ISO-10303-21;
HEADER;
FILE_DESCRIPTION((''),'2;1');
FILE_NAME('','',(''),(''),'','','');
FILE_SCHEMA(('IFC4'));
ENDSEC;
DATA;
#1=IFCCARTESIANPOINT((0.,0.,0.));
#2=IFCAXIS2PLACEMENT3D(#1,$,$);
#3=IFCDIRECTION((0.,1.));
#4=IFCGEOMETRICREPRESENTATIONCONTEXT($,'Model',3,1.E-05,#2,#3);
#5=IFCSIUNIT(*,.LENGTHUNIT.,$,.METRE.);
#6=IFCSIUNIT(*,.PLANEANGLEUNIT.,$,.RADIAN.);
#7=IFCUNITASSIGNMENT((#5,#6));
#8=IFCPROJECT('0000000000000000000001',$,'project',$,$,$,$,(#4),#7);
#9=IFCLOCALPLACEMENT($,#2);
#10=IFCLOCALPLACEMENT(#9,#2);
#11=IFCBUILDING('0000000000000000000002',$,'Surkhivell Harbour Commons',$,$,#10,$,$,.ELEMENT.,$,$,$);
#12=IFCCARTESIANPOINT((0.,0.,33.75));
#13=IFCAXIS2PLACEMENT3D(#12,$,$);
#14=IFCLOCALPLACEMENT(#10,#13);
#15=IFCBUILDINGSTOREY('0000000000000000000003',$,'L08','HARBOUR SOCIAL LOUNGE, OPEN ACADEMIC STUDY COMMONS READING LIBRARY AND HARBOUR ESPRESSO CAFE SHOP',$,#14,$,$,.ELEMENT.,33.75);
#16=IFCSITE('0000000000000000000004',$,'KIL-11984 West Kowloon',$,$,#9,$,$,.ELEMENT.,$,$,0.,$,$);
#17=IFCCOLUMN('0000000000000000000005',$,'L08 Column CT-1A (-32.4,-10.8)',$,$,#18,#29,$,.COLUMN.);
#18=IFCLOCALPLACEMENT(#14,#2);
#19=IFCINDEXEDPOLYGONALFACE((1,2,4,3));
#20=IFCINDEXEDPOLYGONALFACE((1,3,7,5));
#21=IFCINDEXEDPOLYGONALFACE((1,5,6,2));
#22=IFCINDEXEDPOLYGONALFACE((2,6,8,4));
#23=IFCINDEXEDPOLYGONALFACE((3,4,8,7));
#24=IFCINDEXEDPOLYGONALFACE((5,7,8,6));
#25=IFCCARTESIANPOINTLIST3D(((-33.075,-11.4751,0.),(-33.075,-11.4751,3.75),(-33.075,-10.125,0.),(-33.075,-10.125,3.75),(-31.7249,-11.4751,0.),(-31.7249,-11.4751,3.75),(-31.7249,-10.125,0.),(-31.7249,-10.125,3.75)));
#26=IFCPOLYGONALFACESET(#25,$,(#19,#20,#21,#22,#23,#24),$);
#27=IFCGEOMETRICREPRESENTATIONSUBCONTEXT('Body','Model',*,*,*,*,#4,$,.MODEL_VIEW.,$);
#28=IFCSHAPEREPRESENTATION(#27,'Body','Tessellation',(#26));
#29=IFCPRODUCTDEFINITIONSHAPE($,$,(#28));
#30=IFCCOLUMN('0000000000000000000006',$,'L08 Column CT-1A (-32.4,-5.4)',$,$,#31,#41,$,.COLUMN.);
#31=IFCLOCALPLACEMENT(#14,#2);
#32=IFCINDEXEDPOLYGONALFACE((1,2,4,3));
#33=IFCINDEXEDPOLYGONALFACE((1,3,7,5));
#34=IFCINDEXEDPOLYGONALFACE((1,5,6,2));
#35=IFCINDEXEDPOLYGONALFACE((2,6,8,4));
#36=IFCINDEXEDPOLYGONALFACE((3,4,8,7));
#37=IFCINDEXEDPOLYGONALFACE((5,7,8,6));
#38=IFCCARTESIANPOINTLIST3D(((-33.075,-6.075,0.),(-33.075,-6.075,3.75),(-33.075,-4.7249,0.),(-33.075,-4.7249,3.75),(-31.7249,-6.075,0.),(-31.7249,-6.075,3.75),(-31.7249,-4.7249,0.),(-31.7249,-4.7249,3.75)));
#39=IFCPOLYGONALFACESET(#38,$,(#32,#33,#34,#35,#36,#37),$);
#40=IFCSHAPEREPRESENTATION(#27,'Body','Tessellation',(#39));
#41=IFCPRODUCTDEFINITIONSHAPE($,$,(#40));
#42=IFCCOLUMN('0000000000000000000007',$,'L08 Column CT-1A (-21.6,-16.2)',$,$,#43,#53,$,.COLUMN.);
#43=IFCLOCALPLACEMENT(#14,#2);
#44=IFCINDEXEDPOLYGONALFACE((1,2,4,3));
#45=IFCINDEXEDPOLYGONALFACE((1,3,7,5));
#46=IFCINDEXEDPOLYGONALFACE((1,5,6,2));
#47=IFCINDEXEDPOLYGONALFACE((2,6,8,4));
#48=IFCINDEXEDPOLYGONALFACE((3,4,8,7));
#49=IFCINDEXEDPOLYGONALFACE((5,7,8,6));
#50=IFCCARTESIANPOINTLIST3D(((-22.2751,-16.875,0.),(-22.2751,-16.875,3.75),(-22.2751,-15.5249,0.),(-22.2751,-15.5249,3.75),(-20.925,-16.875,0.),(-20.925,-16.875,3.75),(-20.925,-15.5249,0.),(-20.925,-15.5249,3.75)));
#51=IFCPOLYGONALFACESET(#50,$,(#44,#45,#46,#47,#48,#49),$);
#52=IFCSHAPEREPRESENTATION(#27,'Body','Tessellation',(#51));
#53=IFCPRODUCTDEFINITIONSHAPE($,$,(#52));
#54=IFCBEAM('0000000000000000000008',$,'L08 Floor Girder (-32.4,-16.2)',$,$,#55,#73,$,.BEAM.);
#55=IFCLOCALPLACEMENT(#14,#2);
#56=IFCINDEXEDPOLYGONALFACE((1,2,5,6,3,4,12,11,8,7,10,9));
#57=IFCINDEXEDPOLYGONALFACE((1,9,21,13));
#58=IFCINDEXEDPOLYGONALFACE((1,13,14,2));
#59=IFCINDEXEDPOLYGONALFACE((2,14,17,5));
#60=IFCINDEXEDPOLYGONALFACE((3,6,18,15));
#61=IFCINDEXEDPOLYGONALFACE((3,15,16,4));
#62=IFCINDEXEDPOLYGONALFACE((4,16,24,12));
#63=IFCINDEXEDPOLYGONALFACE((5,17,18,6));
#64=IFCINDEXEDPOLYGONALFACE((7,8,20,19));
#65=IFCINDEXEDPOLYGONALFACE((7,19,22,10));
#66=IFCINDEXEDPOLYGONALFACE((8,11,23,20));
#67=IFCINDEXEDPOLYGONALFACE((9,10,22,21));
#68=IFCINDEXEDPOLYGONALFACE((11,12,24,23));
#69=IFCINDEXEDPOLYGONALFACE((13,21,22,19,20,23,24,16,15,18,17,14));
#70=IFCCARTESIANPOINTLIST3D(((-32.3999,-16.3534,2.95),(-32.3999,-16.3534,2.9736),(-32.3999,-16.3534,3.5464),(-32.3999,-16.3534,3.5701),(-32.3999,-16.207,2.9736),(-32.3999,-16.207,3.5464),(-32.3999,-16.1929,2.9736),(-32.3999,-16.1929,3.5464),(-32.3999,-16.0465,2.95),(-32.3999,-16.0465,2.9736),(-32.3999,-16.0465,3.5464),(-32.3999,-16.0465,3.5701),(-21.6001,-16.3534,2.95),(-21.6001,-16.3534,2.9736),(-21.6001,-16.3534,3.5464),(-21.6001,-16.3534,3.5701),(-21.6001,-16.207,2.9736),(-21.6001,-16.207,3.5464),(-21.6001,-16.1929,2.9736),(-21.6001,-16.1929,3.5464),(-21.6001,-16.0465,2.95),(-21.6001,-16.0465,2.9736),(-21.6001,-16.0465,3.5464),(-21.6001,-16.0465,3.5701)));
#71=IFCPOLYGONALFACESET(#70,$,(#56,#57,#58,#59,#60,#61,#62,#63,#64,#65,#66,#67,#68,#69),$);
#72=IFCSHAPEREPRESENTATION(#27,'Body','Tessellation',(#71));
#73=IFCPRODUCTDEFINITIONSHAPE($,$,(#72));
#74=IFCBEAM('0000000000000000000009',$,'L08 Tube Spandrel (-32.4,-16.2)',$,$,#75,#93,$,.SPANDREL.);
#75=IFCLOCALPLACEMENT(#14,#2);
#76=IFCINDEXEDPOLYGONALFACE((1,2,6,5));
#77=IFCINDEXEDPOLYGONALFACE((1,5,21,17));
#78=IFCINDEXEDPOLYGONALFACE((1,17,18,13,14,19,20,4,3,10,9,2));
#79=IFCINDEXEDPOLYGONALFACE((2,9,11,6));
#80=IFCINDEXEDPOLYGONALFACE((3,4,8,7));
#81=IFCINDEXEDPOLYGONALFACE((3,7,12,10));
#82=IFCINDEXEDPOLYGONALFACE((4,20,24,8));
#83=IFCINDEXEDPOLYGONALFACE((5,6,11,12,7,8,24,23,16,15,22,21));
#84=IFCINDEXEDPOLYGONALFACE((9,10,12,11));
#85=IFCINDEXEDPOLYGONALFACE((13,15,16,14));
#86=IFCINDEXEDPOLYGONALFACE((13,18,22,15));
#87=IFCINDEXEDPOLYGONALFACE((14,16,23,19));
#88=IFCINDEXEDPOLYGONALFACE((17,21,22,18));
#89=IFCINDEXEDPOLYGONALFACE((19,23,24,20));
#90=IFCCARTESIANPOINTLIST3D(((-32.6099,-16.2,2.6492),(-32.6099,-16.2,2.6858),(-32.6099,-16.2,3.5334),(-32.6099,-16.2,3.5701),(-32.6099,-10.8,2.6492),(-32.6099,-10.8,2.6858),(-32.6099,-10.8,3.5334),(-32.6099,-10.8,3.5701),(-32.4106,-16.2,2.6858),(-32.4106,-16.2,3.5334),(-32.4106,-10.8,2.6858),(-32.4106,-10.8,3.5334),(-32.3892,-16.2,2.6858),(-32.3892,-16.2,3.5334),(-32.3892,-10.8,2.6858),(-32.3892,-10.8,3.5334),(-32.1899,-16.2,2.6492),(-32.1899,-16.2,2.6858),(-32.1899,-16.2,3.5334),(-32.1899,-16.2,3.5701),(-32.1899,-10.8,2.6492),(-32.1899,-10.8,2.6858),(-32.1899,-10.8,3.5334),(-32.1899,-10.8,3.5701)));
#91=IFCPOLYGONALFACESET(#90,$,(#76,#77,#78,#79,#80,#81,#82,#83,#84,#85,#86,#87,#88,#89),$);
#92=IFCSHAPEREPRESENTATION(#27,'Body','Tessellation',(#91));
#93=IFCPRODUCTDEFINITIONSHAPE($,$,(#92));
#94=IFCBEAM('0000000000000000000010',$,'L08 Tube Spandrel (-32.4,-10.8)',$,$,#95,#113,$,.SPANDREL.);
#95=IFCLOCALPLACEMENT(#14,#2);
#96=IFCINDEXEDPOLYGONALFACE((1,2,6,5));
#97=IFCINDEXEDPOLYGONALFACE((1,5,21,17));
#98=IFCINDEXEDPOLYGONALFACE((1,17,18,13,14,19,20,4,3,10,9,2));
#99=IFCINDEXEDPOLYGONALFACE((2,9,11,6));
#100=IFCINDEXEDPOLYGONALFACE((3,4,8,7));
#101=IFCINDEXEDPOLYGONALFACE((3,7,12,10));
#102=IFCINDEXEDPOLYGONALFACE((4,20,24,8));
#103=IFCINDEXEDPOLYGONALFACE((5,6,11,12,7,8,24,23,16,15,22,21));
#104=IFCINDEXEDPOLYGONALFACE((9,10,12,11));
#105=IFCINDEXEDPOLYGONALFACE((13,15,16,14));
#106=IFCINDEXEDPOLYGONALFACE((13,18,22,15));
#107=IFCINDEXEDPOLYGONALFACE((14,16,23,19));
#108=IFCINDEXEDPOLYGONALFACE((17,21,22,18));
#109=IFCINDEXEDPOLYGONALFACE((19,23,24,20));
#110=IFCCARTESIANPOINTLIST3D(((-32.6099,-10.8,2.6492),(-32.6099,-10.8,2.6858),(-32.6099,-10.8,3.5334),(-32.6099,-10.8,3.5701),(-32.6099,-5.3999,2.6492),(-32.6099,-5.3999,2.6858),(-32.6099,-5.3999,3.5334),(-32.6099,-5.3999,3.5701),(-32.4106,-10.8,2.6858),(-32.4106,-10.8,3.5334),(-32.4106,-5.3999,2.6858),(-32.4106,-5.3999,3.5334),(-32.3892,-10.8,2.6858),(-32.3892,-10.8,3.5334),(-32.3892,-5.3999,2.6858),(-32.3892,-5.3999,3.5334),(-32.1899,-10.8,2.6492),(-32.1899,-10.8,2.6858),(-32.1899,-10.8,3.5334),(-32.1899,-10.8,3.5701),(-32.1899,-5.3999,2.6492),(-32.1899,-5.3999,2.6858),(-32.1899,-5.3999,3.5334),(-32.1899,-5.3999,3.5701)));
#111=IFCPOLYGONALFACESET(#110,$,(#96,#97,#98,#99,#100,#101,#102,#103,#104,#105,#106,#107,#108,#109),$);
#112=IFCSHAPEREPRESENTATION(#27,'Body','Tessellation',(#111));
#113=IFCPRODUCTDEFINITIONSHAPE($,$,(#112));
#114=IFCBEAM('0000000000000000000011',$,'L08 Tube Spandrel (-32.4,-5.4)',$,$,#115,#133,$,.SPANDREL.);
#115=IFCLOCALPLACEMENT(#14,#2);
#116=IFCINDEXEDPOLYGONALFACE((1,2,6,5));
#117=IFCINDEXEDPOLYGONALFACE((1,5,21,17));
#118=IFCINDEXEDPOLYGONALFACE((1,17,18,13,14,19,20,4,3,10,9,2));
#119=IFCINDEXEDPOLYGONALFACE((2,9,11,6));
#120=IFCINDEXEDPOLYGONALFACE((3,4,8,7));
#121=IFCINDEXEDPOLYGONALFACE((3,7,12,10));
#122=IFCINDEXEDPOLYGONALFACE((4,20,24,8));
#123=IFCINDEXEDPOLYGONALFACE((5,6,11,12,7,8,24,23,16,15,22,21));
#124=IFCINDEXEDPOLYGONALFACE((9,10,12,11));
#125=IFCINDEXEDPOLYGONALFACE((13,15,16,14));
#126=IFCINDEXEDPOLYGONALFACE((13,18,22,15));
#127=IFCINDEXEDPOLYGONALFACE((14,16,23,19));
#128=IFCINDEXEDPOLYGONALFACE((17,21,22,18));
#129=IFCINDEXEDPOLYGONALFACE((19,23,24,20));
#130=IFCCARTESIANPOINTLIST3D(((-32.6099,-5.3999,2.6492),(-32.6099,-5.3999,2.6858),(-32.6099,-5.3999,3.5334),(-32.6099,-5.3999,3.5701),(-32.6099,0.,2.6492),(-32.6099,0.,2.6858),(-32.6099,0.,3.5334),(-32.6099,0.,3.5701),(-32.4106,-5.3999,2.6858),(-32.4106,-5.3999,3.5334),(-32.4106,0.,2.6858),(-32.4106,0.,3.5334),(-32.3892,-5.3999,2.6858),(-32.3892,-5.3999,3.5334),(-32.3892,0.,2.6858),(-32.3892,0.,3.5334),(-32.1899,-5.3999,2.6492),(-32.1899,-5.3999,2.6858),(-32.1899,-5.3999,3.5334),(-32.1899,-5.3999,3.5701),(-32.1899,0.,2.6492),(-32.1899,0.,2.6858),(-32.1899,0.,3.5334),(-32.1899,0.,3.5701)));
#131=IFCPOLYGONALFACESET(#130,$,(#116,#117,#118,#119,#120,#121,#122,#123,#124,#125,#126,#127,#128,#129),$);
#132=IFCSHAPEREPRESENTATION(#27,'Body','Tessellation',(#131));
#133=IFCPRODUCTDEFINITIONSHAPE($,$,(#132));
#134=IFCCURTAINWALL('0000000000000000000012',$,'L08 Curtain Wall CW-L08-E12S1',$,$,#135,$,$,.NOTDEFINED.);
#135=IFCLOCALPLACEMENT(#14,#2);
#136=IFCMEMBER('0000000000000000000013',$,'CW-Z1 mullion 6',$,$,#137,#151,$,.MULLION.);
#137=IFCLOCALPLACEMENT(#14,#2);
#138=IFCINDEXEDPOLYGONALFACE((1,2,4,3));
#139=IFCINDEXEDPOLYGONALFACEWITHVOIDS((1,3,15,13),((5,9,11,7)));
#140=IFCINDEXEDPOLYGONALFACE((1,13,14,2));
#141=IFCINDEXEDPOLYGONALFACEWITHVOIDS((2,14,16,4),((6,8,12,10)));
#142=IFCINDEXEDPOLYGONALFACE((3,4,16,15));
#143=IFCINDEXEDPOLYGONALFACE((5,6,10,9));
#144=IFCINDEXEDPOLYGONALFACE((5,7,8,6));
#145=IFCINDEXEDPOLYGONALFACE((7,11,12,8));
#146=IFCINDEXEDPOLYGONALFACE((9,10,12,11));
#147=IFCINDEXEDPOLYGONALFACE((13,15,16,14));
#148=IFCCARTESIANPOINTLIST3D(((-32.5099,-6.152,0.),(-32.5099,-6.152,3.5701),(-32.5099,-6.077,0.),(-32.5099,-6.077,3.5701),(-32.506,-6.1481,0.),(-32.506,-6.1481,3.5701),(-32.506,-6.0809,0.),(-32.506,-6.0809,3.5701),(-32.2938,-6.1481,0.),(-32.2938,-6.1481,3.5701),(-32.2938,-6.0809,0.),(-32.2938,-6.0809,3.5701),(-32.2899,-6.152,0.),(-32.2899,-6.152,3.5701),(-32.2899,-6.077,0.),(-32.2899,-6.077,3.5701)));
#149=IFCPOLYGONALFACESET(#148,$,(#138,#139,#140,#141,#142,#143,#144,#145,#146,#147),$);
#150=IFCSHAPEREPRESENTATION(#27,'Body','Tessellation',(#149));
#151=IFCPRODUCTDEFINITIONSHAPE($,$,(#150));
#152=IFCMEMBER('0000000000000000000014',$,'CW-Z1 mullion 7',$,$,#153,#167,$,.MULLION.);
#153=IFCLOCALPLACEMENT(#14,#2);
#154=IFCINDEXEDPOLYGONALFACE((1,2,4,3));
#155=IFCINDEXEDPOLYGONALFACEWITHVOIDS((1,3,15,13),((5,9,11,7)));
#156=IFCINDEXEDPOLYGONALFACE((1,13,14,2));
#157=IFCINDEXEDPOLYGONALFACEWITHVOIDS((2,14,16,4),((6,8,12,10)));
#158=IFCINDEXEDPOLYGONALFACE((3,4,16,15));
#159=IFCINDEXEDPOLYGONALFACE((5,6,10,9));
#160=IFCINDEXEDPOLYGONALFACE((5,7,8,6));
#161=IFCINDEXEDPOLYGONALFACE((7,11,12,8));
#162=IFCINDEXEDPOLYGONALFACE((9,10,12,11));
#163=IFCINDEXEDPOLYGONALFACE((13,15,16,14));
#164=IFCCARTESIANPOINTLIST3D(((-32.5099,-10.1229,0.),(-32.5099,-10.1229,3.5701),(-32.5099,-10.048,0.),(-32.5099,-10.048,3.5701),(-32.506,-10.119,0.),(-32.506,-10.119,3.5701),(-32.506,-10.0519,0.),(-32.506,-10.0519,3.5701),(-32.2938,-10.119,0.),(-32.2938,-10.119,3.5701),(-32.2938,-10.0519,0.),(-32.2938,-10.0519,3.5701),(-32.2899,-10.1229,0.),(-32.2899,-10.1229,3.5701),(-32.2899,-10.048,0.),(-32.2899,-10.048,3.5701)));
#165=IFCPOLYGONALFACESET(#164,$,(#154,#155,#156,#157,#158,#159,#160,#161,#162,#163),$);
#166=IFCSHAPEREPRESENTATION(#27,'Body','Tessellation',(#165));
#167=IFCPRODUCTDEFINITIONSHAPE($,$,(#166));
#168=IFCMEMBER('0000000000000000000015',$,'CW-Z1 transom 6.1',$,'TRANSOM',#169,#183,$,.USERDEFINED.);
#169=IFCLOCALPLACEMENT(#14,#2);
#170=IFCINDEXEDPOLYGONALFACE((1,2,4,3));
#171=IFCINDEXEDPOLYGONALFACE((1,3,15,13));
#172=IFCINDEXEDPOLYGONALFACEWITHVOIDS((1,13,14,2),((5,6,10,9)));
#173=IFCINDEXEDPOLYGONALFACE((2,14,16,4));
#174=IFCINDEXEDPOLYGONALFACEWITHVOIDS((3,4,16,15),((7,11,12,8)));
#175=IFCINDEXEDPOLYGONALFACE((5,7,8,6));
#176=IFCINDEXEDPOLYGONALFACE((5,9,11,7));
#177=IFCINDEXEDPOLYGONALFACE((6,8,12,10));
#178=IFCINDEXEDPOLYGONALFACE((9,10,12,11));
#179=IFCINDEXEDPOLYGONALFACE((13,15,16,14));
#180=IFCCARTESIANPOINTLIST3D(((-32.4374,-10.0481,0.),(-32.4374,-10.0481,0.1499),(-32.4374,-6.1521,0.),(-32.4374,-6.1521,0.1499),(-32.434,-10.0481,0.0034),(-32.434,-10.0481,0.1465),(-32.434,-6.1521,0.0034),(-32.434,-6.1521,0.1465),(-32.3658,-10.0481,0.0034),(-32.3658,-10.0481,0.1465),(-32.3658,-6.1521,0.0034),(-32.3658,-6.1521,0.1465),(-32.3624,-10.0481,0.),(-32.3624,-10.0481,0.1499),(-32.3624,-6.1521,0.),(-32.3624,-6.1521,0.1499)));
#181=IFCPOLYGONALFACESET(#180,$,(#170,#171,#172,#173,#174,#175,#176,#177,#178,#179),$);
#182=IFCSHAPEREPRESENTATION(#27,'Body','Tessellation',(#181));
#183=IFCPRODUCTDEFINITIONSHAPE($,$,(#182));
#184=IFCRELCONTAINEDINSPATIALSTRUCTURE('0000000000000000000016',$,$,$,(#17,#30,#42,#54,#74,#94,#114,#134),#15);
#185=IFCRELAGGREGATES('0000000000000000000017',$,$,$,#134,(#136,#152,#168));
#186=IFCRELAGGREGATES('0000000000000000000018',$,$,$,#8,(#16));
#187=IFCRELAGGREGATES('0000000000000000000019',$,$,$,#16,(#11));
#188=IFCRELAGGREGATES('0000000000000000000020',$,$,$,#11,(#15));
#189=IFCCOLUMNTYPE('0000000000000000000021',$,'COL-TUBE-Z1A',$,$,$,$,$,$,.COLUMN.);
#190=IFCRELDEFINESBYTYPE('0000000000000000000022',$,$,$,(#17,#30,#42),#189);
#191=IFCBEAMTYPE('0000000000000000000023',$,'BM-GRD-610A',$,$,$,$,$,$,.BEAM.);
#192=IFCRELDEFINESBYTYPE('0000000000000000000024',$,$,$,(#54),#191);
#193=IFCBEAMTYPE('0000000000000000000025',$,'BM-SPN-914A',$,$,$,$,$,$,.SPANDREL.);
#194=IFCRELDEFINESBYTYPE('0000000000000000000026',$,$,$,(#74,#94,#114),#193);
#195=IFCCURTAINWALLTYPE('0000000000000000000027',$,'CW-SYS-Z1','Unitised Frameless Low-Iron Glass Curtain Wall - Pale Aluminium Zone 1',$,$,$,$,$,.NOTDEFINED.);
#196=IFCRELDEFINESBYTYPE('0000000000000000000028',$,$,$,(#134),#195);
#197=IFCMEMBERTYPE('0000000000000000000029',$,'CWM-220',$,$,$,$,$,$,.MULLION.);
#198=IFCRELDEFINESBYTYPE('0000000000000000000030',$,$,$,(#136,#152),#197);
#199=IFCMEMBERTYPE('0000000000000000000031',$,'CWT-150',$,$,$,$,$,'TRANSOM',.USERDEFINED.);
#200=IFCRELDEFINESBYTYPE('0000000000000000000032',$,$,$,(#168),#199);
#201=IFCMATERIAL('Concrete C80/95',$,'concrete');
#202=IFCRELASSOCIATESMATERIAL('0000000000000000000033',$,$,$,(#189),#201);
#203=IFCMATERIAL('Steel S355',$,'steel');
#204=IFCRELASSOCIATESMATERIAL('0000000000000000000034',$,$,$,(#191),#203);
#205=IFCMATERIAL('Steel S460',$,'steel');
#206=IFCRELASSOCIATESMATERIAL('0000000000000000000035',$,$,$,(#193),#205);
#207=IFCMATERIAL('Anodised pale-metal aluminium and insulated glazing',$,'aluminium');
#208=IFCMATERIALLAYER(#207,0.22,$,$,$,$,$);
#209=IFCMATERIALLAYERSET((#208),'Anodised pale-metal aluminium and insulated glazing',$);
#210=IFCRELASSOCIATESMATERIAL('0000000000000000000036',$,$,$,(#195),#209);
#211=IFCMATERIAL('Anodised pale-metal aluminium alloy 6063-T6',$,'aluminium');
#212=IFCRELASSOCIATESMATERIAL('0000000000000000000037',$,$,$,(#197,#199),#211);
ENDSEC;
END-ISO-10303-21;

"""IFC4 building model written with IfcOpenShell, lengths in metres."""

from ifc_helpers import new_model, si_unit, direction, frame, origin, origin_2d, place, context, subcontext, project, spatial, rectangle, hollow_rectangle, i_section, extrude, material, layer, layer_set, material_profile, profile_set, type_object, element, aggregate, save


model = new_model("IFC4")

# Units and contexts
model_context = context("Model", 3, precision=1e-05, world=origin(), true_north=direction((0.0, 1.0)))
body_context = subcontext(model_context, "Body", "Model", "MODEL_VIEW")
ifc_project = project(units=[si_unit("LENGTHUNIT", "METRE"), si_unit("PLANEANGLEUNIT", "RADIAN")], contexts=[model_context])

# Site, building, storey
site_placement = place(None, origin())
site = spatial("IfcSite", under=ifc_project, at=site_placement, Name="KIL-11984 West Kowloon", CompositionType="ELEMENT", RefElevation=0.0)
building_placement = place(site_placement, origin())
building = spatial("IfcBuilding", under=site, at=building_placement, Name="Surkhivell Harbour Commons", CompositionType="ELEMENT")
storey_placement = place(building_placement, frame((0.0, 0.0, 33.75)))
storey = spatial("IfcBuildingStorey", under=building, at=storey_placement, Name="L08", Description="HARBOUR SOCIAL LOUNGE, OPEN ACADEMIC STUDY COMMONS READING LIBRARY AND HARBOUR ESPRESSO CAFE SHOP", CompositionType="ELEMENT", Elevation=33.75)

# Columns
ifc_material_1 = material(Name="Concrete C80/95", Category="concrete")
ifc_material_profile_1 = material_profile(ifc_material_1, rectangle(XDim=1.3501, YDim=1.3501, at=origin_2d()), Name="RC-COL-1350x1350")
ifc_profile_set_1 = profile_set([ifc_material_profile_1], Name="Concrete C80/95")
column_type = type_object("IfcColumnType", Name="COL-TUBE-Z1A", PredefinedType="COLUMN", material=ifc_profile_set_1)
for number, where, z_axis, x_axis, name in (
    (1, (-32.3999, -10.8, 0.0), (0.0, 0.0, 1.0), (1.0, 0.0, 0.0), "L08 Column CT-1A (-32.4,-10.8)"),
    (2, (-32.3999, -5.3999, 0.0), (0.0, 0.0, 1.0), (1.0, 0.0, 0.0), "L08 Column CT-1A (-32.4,-5.4)"),
    (3, (-21.6001, -16.2, 0.0), (0.0, 0.0, 1.0), (1.0, 0.0, 0.0), "L08 Column CT-1A (-21.6,-16.2)"),
):
    element("IfcColumn", number, at=place(storey_placement, frame(where, z_axis=z_axis, x_axis=x_axis)), inside=storey, type_object=column_type, Name=name, PredefinedType="COLUMN", context=body_context, shape_type="SweptSolid", body=[
        extrude(rectangle(XDim=1.3501, YDim=1.3501, at=origin_2d()), origin(), (0.0, 0.0, 1.0), 3.75),
    ])

# Beams
ifc_material_2 = material(Name="Steel S355", Category="steel")
ifc_material_profile_2 = material_profile(ifc_material_2, i_section(OverallWidth=0.3069, OverallDepth=0.6201, WebThickness=0.0142, FlangeThickness=0.0237, at=origin_2d()), Name="UB610x305x179")
ifc_profile_set_2 = profile_set([ifc_material_profile_2], Name="Steel S355")
beam_type_1 = type_object("IfcBeamType", Name="BM-GRD-610A", PredefinedType="BEAM", material=ifc_profile_set_2)
beam_1_placement = place(storey_placement, frame((-32.3999, -16.2, 3.26), z_axis=(1.0, 0.0, 0.0), x_axis=(0.0, 1.0, 0.0)))
element("IfcBeam", 4, at=beam_1_placement, inside=storey, type_object=beam_type_1, Name="L08 Floor Girder (-32.4,-16.2)", PredefinedType="BEAM", context=body_context, shape_type="SweptSolid", body=[
    extrude(i_section(OverallWidth=0.3069, OverallDepth=0.6201, WebThickness=0.0142, FlangeThickness=0.0237, at=origin_2d()), origin(), (0.0, 0.0, 1.0), 10.7998),
])
ifc_material_3 = material(Name="Steel S460", Category="steel")
ifc_material_profile_3 = material_profile(ifc_material_3, i_section(OverallWidth=0.4199, OverallDepth=0.9209, WebThickness=0.0215, FlangeThickness=0.0366, at=origin_2d()), Name="UB914x419x388")
ifc_profile_set_3 = profile_set([ifc_material_profile_3], Name="Steel S460")
beam_type_2 = type_object("IfcBeamType", Name="BM-SPN-914A", PredefinedType="SPANDREL", material=ifc_profile_set_3)
beam_2_placement = place(storey_placement, frame((-32.3999, -16.2, 3.1096), z_axis=(0.0, 1.0, 0.0), x_axis=(-1.0, 0.0, 0.0)))
element("IfcBeam", 5, at=beam_2_placement, inside=storey, type_object=beam_type_2, Name="L08 Tube Spandrel (-32.4,-16.2)", PredefinedType="SPANDREL", context=body_context, shape_type="SweptSolid", body=[
    extrude(i_section(OverallWidth=0.4199, OverallDepth=0.9209, WebThickness=0.0215, FlangeThickness=0.0366, at=origin_2d()), origin(), (0.0, 0.0, 1.0), 5.3999),
])
beam_3_placement = place(storey_placement, frame((-32.3999, -10.8, 3.1096), z_axis=(0.0, 1.0, 0.0), x_axis=(-1.0, 0.0, 0.0)))
element("IfcBeam", 6, at=beam_3_placement, inside=storey, type_object=beam_type_2, Name="L08 Tube Spandrel (-32.4,-10.8)", PredefinedType="SPANDREL", context=body_context, shape_type="SweptSolid", body=[
    extrude(i_section(OverallWidth=0.4199, OverallDepth=0.9209, WebThickness=0.0215, FlangeThickness=0.0366, at=origin_2d()), origin(), (0.0, 0.0, 1.0), 5.4001),
])
beam_4_placement = place(storey_placement, frame((-32.3999, -5.3999, 3.1096), z_axis=(0.0, 1.0, 0.0), x_axis=(-1.0, 0.0, 0.0)))
element("IfcBeam", 7, at=beam_4_placement, inside=storey, type_object=beam_type_2, Name="L08 Tube Spandrel (-32.4,-5.4)", PredefinedType="SPANDREL", context=body_context, shape_type="SweptSolid", body=[
    extrude(i_section(OverallWidth=0.4199, OverallDepth=0.9209, WebThickness=0.0215, FlangeThickness=0.0366, at=origin_2d()), origin(), (0.0, 0.0, 1.0), 5.3999),
])

# Curtain wall, members
ifc_material_4 = material(Name="Anodised pale-metal aluminium and insulated glazing", Category="aluminium")
ifc_layer_1 = layer(ifc_material_4, 0.22)
ifc_layer_set_1 = layer_set([ifc_layer_1], Name="Anodised pale-metal aluminium and insulated glazing")
curtain_wall_type = type_object("IfcCurtainWallType", Name="CW-SYS-Z1", Description="Unitised Frameless Low-Iron Glass Curtain Wall - Pale Aluminium Zone 1", PredefinedType="NOTDEFINED", material=ifc_layer_set_1)
curtain_wall_placement = place(storey_placement, origin())
curtain_wall = element("IfcCurtainWall", 8, at=curtain_wall_placement, inside=storey, type_object=curtain_wall_type, Name="L08 Curtain Wall CW-L08-E12S1", PredefinedType="NOTDEFINED")
ifc_material_5 = material(Name="Anodised pale-metal aluminium alloy 6063-T6", Category="aluminium")
ifc_material_profile_4 = material_profile(ifc_material_5, hollow_rectangle(XDim=0.075, YDim=0.22, WallThickness=0.0039, at=origin_2d()), Name="ALU-MULL-75x220")
ifc_profile_set_4 = profile_set([ifc_material_profile_4], Name="Anodised pale-metal aluminium alloy 6063-T6")
member_type_1 = type_object("IfcMemberType", Name="CWM-220", PredefinedType="MULLION", material=ifc_profile_set_4)
member_1_placement = place(storey_placement, frame((-32.3999, -6.1145, 0.0), z_axis=(0.0, 0.0, 1.0), x_axis=(0.0, -1.0, 0.0)))
member_1 = element("IfcMember", 9, at=member_1_placement, type_object=member_type_1, Name="CW-Z1 mullion 6", PredefinedType="MULLION", context=body_context, shape_type="SweptSolid", body=[
    extrude(hollow_rectangle(XDim=0.075, YDim=0.22, WallThickness=0.0039, at=origin_2d()), origin(), (0.0, 0.0, 1.0), 3.5701),
])
member_2_placement = place(storey_placement, frame((-32.3999, -10.0854, 0.0), z_axis=(0.0, 0.0, 1.0), x_axis=(0.0, -1.0, 0.0)))
member_2 = element("IfcMember", 10, at=member_2_placement, type_object=member_type_1, Name="CW-Z1 mullion 7", PredefinedType="MULLION", context=body_context, shape_type="SweptSolid", body=[
    extrude(hollow_rectangle(XDim=0.075, YDim=0.22, WallThickness=0.0039, at=origin_2d()), origin(), (0.0, 0.0, 1.0), 3.5701),
])
ifc_material_profile_5 = material_profile(ifc_material_5, hollow_rectangle(XDim=0.075, YDim=0.1499, WallThickness=0.0034, at=origin_2d()), Name="ALU-TRAN-75x150")
ifc_profile_set_5 = profile_set([ifc_material_profile_5], Name="Anodised pale-metal aluminium alloy 6063-T6")
member_type_2 = type_object("IfcMemberType", Name="CWT-150", ElementType="TRANSOM", PredefinedType="USERDEFINED", material=ifc_profile_set_5)
member_3_placement = place(storey_placement, frame((-32.3999, -6.1521, 0.075), z_axis=(0.0, -1.0, 0.0), x_axis=(1.0, 0.0, 0.0)))
member_3 = element("IfcMember", 11, at=member_3_placement, type_object=member_type_2, Name="CW-Z1 transom 6.1", ObjectType="TRANSOM", PredefinedType="USERDEFINED", context=body_context, shape_type="SweptSolid", body=[
    extrude(hollow_rectangle(XDim=0.075, YDim=0.1499, WallThickness=0.0034, at=origin_2d()), origin(), (0.0, 0.0, 1.0), 3.896),
])

aggregate(curtain_wall, [member_1, member_2, member_3])

save(model, "model.ifc")
